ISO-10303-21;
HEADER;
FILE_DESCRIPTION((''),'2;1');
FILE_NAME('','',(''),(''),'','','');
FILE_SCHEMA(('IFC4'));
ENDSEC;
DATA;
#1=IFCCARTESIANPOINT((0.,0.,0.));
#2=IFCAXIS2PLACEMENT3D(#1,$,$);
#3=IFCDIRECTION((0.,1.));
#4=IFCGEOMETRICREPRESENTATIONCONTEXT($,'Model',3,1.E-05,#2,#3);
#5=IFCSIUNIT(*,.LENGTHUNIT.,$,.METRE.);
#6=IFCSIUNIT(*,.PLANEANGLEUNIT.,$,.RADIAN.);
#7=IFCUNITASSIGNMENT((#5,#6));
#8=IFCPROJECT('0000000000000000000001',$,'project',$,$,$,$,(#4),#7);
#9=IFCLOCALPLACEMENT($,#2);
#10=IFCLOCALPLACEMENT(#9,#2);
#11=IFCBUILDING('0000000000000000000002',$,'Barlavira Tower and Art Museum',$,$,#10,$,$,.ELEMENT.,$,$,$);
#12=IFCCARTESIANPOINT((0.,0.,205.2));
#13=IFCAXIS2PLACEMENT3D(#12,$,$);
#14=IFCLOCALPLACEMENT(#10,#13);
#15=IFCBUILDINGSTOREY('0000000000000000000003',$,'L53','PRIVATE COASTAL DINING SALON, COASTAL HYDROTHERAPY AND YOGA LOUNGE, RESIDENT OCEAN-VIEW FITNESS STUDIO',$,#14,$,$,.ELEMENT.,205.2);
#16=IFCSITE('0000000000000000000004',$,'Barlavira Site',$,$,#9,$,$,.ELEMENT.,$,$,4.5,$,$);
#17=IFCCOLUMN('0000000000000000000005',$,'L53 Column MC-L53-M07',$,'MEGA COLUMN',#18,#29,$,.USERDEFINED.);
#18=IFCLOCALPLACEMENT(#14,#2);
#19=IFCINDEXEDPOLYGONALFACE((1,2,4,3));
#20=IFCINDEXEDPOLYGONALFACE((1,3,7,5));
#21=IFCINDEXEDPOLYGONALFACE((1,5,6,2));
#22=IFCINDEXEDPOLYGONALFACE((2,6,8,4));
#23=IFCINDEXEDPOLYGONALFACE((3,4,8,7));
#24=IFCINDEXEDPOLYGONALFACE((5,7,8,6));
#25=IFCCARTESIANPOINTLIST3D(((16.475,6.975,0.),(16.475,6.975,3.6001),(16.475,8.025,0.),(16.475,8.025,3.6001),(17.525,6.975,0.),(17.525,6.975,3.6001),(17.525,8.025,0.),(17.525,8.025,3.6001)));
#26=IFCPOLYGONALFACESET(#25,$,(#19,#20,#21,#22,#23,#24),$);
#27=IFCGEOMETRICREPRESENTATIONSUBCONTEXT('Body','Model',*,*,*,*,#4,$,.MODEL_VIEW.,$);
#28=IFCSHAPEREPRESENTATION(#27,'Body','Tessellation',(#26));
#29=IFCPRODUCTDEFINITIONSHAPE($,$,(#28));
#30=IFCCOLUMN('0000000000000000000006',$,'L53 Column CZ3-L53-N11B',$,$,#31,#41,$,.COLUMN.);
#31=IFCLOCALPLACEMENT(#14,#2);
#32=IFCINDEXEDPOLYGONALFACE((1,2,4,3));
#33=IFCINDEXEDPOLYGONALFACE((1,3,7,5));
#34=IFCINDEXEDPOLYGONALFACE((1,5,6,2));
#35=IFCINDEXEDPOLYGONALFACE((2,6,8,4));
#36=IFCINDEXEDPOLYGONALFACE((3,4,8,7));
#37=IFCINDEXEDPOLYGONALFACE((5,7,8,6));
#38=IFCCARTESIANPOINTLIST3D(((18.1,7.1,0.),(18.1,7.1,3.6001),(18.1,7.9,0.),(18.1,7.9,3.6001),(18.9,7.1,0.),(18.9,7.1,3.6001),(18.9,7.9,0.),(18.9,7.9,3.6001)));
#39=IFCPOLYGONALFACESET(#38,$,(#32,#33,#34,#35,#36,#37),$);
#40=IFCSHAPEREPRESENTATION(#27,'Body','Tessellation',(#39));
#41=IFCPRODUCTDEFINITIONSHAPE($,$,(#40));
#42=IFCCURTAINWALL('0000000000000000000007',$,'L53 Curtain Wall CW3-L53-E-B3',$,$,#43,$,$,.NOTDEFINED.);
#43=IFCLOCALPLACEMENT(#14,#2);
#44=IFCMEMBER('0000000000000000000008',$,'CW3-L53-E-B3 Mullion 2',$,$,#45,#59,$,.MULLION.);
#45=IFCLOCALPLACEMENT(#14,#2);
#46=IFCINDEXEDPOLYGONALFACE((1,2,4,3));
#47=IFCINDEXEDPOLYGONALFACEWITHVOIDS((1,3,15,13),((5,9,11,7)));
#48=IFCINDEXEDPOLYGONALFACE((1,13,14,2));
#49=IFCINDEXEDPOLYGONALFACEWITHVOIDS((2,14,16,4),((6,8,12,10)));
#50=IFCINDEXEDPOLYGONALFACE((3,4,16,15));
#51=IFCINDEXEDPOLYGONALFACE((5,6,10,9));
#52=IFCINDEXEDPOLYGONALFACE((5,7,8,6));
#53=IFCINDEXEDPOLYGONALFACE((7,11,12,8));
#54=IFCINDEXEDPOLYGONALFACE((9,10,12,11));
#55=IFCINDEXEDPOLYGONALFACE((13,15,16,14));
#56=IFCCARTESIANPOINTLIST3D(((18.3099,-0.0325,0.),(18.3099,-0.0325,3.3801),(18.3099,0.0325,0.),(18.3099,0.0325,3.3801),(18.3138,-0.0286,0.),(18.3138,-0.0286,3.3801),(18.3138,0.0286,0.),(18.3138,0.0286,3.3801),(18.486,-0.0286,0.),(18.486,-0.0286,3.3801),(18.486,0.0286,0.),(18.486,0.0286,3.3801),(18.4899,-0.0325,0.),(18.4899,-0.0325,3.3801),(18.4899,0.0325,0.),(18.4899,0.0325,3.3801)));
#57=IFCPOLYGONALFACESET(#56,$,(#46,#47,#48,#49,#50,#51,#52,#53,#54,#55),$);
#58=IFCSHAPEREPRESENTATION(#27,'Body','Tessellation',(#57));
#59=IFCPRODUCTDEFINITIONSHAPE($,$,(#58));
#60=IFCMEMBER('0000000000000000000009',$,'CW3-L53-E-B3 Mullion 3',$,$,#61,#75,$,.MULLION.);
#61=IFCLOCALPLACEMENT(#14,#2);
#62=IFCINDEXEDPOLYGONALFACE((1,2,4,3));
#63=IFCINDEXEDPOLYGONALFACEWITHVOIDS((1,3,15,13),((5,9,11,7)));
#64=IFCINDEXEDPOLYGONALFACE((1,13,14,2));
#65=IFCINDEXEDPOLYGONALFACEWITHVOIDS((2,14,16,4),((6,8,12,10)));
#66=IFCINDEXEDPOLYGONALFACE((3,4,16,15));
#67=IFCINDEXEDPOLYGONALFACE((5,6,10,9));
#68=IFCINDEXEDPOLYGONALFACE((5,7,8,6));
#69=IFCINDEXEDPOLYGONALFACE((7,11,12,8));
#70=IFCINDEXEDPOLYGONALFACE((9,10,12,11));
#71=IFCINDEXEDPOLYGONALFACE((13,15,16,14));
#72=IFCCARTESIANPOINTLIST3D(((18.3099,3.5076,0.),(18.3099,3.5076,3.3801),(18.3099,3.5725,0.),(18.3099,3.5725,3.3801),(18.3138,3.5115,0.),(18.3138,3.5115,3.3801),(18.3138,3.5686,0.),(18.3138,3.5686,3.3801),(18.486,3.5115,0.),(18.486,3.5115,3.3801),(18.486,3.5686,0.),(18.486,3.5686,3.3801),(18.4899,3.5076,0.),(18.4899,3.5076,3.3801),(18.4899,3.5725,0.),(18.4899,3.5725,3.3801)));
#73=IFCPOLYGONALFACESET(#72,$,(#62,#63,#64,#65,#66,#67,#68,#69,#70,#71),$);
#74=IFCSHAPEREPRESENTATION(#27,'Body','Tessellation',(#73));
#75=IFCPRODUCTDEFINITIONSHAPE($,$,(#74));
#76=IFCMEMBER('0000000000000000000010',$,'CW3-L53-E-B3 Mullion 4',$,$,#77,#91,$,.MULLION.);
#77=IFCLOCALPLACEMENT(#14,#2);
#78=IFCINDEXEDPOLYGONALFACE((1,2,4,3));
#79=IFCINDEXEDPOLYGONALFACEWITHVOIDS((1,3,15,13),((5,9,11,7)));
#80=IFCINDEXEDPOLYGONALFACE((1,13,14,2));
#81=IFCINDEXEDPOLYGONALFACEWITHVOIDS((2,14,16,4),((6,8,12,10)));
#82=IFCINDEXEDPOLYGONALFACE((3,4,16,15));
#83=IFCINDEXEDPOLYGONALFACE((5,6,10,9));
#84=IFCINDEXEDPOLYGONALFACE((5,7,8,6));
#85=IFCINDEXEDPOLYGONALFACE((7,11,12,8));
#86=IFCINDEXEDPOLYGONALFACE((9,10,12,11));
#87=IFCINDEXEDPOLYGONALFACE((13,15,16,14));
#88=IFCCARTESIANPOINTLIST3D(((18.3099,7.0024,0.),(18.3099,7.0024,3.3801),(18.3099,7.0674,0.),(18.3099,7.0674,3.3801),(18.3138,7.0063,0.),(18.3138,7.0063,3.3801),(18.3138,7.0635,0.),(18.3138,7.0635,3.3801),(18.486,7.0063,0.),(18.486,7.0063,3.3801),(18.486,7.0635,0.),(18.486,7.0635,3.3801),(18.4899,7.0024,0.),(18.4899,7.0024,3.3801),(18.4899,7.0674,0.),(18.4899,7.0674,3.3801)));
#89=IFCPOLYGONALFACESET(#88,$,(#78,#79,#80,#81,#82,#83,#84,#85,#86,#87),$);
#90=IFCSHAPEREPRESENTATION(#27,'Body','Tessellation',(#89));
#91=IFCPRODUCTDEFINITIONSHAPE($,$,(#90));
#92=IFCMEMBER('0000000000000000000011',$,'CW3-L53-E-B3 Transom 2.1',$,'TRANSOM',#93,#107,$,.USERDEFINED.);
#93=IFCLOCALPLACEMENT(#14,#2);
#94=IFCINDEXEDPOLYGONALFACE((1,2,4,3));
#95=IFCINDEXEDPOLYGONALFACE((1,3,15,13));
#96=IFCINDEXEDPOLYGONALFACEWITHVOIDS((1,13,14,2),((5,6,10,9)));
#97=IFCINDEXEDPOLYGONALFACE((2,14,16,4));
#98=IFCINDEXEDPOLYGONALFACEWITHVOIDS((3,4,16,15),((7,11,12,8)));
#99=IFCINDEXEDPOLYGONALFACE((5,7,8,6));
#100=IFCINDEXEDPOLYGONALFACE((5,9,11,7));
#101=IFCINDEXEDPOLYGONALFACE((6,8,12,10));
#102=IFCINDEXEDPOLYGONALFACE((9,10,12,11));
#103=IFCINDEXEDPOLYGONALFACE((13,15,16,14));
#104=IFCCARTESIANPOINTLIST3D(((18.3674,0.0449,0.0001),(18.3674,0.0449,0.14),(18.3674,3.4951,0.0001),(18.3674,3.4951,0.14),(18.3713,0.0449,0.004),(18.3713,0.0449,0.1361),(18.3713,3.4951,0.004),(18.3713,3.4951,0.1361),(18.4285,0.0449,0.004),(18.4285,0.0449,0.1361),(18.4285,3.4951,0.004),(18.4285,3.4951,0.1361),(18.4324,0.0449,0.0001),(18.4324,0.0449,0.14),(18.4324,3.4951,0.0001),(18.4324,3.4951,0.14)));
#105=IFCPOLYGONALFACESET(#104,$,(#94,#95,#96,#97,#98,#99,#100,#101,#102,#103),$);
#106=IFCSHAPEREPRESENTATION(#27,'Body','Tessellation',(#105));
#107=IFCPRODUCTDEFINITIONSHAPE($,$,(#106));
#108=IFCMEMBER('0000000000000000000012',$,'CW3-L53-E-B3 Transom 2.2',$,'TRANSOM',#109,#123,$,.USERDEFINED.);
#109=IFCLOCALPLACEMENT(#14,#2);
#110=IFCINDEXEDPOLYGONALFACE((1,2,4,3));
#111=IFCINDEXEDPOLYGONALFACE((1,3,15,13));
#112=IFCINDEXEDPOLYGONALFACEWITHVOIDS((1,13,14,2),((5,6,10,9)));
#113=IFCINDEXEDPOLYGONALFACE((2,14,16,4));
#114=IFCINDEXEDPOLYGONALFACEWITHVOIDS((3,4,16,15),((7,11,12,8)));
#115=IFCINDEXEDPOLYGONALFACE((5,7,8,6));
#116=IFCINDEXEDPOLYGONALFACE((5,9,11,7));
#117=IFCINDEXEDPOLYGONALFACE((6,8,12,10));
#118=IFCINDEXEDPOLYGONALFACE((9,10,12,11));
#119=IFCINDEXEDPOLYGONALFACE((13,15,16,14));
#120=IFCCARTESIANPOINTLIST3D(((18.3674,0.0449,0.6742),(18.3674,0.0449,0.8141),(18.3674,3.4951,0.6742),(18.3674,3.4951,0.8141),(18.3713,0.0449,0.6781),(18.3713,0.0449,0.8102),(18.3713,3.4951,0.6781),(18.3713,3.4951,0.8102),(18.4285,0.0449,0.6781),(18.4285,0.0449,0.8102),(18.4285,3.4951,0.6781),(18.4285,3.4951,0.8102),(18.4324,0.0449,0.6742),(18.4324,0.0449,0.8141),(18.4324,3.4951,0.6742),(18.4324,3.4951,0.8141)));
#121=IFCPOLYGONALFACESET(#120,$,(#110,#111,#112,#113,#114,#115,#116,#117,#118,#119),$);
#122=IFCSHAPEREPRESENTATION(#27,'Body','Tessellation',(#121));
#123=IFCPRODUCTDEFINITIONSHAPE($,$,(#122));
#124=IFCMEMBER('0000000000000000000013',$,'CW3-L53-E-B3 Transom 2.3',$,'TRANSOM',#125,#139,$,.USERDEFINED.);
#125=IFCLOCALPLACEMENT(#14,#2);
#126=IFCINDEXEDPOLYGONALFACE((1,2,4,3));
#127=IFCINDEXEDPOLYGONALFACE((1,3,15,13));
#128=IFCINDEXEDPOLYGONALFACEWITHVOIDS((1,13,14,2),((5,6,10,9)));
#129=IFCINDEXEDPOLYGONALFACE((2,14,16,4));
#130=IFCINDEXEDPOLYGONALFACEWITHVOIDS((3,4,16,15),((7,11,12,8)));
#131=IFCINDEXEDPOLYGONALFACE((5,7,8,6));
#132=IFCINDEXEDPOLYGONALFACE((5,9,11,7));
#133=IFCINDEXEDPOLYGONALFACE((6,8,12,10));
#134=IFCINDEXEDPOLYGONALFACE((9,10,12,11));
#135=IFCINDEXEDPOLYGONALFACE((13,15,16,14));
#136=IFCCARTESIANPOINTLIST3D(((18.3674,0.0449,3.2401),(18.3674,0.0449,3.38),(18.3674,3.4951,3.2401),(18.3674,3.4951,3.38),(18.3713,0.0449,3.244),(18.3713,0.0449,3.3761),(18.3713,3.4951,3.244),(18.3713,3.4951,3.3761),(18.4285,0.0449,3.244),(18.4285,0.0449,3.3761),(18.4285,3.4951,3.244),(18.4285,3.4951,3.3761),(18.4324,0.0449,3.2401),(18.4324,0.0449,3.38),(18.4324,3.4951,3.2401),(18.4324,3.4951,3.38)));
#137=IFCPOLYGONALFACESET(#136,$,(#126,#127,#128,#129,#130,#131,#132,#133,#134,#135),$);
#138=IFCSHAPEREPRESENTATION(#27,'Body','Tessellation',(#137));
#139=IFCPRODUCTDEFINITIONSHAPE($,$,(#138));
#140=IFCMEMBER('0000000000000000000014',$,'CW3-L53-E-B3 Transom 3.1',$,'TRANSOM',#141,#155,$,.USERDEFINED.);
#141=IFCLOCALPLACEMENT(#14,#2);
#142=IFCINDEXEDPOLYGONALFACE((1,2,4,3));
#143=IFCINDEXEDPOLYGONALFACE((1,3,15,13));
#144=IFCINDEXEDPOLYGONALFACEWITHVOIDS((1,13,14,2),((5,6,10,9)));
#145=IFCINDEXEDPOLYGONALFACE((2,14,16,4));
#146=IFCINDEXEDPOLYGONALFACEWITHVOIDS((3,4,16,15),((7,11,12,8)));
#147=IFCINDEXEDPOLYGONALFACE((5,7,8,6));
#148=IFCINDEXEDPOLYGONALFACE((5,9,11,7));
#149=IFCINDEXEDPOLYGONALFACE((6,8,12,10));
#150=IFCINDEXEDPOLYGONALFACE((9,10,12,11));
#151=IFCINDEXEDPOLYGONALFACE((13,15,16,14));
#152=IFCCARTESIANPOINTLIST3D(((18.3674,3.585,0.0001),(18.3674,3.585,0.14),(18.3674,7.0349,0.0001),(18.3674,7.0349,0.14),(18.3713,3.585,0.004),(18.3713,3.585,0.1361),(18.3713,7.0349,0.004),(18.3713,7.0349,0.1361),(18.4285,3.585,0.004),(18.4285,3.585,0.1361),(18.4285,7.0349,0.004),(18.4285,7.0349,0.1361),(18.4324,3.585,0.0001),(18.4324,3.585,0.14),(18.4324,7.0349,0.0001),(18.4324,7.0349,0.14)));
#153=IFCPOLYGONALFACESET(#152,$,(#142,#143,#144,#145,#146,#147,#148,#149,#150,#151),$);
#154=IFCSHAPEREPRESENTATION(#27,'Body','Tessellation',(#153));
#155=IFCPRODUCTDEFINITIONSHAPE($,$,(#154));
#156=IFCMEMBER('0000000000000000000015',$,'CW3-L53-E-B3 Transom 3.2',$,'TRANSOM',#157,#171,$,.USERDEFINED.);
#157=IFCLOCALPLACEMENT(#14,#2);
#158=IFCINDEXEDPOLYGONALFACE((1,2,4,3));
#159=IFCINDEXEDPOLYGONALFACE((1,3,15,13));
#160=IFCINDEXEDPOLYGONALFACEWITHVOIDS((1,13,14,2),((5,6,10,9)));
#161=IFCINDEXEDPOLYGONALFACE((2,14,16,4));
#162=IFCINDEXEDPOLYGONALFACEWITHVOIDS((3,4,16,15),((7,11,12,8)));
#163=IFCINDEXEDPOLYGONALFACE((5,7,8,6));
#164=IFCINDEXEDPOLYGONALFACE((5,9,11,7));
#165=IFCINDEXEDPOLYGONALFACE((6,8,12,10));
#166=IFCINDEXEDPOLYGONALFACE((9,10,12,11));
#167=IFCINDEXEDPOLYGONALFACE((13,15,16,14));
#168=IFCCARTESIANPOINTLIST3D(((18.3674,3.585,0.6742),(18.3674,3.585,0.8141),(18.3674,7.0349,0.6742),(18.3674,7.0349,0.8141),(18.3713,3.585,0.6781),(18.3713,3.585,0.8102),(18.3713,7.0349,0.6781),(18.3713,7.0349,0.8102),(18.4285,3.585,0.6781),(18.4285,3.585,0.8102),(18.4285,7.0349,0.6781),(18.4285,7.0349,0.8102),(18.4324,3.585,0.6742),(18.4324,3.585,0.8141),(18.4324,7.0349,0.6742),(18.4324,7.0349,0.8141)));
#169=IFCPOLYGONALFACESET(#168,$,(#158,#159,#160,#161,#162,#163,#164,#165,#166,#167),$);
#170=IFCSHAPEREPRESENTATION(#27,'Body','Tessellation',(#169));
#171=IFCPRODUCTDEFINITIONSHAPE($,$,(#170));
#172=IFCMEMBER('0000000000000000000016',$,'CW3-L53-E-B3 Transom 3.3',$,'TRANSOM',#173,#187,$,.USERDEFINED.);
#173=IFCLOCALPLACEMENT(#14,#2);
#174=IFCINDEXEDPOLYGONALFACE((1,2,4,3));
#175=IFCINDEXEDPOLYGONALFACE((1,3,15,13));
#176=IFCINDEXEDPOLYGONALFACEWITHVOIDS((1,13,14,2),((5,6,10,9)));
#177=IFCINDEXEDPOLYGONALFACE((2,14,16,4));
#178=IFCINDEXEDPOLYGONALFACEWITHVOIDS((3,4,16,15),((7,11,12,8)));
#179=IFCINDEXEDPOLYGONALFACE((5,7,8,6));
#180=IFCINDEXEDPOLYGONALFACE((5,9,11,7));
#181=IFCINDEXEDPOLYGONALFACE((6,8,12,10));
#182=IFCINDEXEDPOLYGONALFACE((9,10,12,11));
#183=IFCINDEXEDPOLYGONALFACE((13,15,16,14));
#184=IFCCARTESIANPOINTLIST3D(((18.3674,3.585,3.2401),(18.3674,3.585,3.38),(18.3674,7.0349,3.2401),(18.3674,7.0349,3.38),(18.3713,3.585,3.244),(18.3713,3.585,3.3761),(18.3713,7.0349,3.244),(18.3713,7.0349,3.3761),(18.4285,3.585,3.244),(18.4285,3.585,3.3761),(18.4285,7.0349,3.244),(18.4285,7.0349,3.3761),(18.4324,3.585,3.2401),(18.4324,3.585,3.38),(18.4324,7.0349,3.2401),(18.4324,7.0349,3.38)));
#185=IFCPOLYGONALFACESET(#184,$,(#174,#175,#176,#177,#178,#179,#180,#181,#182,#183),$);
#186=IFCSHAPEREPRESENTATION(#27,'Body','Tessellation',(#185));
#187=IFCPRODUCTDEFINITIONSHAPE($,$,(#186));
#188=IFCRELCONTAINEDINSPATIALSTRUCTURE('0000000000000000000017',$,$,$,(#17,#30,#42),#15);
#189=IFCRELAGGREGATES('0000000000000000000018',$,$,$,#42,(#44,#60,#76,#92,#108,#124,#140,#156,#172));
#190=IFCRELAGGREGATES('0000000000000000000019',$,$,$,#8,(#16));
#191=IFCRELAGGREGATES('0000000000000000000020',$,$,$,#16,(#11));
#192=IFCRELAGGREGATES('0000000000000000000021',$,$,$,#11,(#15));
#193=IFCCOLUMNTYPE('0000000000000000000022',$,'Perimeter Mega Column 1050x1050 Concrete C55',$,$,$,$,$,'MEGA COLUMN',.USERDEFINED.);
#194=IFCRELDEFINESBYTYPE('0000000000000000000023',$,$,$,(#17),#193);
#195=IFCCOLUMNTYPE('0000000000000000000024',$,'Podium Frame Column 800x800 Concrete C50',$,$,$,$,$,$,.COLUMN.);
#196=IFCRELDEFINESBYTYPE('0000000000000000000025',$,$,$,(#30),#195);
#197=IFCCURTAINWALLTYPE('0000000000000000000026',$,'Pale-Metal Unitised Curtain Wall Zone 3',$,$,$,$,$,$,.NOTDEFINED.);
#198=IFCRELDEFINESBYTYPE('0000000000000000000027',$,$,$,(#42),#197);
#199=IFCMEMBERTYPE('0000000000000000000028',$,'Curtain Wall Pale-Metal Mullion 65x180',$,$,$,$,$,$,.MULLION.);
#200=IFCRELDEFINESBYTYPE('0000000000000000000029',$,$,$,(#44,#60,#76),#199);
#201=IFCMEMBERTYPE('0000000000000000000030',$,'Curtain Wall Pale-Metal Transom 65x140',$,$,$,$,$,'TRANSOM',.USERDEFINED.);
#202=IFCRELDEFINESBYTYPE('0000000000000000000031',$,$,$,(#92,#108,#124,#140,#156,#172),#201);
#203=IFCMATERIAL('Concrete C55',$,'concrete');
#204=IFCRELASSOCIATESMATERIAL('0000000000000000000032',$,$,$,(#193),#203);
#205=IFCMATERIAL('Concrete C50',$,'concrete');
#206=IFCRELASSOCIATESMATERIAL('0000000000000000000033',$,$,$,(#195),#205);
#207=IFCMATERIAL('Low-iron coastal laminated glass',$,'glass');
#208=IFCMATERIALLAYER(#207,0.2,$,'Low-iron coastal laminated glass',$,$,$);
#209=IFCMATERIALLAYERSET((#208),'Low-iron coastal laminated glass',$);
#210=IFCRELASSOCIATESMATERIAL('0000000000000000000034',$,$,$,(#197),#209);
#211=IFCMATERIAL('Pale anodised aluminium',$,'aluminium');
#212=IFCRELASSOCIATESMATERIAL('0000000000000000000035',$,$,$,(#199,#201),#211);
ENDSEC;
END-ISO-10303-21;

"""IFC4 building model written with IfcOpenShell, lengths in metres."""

from ifc_helpers import new_model, si_unit, direction, frame, origin, origin_2d, place, context, subcontext, project, spatial, rectangle, hollow_rectangle, extrude, material, layer, layer_set, material_profile, profile_set, type_object, element, aggregate, save


model = new_model("IFC4")

# Units and contexts
model_context = context("Model", 3, precision=1e-05, world=origin(), true_north=direction((0.0, 1.0)))
body_context = subcontext(model_context, "Body", "Model", "MODEL_VIEW")
ifc_project = project(units=[si_unit("LENGTHUNIT", "METRE"), si_unit("PLANEANGLEUNIT", "RADIAN")], contexts=[model_context])

# Site, building, storey
site_placement = place(None, origin())
site = spatial("IfcSite", under=ifc_project, at=site_placement, Name="Barlavira Site", CompositionType="ELEMENT", RefElevation=4.5)
building_placement = place(site_placement, origin())
building = spatial("IfcBuilding", under=site, at=building_placement, Name="Barlavira Tower and Art Museum", CompositionType="ELEMENT")
storey_placement = place(building_placement, frame((0.0, 0.0, 205.2)))
storey = spatial("IfcBuildingStorey", under=building, at=storey_placement, Name="L53", Description="PRIVATE COASTAL DINING SALON, COASTAL HYDROTHERAPY AND YOGA LOUNGE, RESIDENT OCEAN-VIEW FITNESS STUDIO", CompositionType="ELEMENT", Elevation=205.2)

# Columns
ifc_material_1 = material(Name="Concrete C55", Category="concrete")
ifc_material_profile_1 = material_profile(ifc_material_1, rectangle(XDim=1.05, YDim=1.05, at=origin_2d()), Name="RC-COL 1050x1050")
ifc_profile_set_1 = profile_set([ifc_material_profile_1], Name="Concrete C55")
column_type_1 = type_object("IfcColumnType", Name="Perimeter Mega Column 1050x1050 Concrete C55", ElementType="MEGA COLUMN", PredefinedType="USERDEFINED", material=ifc_profile_set_1)
column_1_placement = place(storey_placement, frame((17.0, 7.5, 0.0), z_axis=(0.0, 0.0, 1.0), x_axis=(1.0, 0.0, 0.0)))
element("IfcColumn", 1, at=column_1_placement, inside=storey, type_object=column_type_1, Name="L53 Column MC-L53-M07", ObjectType="MEGA COLUMN", PredefinedType="USERDEFINED", context=body_context, shape_type="SweptSolid", body=[
    extrude(rectangle(XDim=1.05, YDim=1.05, at=origin_2d()), origin(), (0.0, 0.0, 1.0), 3.6001),
])
ifc_material_2 = material(Name="Concrete C50", Category="concrete")
ifc_material_profile_2 = material_profile(ifc_material_2, rectangle(XDim=0.8, YDim=0.8, at=origin_2d()), Name="RC-COL 800x800")
ifc_profile_set_2 = profile_set([ifc_material_profile_2], Name="Concrete C50")
column_type_2 = type_object("IfcColumnType", Name="Podium Frame Column 800x800 Concrete C50", PredefinedType="COLUMN", material=ifc_profile_set_2)
column_2_placement = place(storey_placement, frame((18.5, 7.5, 0.0), z_axis=(0.0, 0.0, 1.0), x_axis=(1.0, 0.0, 0.0)))
element("IfcColumn", 2, at=column_2_placement, inside=storey, type_object=column_type_2, Name="L53 Column CZ3-L53-N11B", PredefinedType="COLUMN", context=body_context, shape_type="SweptSolid", body=[
    extrude(rectangle(XDim=0.8, YDim=0.8, at=origin_2d()), origin(), (0.0, 0.0, 1.0), 3.6001),
])

# Curtain wall, members
ifc_material_3 = material(Name="Low-iron coastal laminated glass", Category="glass")
ifc_layer_1 = layer(ifc_material_3, 0.2, Name="Low-iron coastal laminated glass")
ifc_layer_set_1 = layer_set([ifc_layer_1], Name="Low-iron coastal laminated glass")
curtain_wall_type = type_object("IfcCurtainWallType", Name="Pale-Metal Unitised Curtain Wall Zone 3", PredefinedType="NOTDEFINED", material=ifc_layer_set_1)
curtain_wall_placement = place(storey_placement, origin())
curtain_wall = element("IfcCurtainWall", 3, at=curtain_wall_placement, inside=storey, type_object=curtain_wall_type, Name="L53 Curtain Wall CW3-L53-E-B3", PredefinedType="NOTDEFINED")
ifc_material_4 = material(Name="Pale anodised aluminium", Category="aluminium")
ifc_material_profile_3 = material_profile(ifc_material_4, hollow_rectangle(XDim=0.0649, YDim=0.1799, WallThickness=0.0039, at=origin_2d()), Name="ALU-MULL 65x180x4")
ifc_profile_set_3 = profile_set([ifc_material_profile_3], Name="Pale anodised aluminium")
member_type_1 = type_object("IfcMemberType", Name="Curtain Wall Pale-Metal Mullion 65x180", PredefinedType="MULLION", material=ifc_profile_set_3)
member_1_placement = place(storey_placement, frame((18.3999, 0.0, 0.0), z_axis=(0.0, 0.0, 1.0), x_axis=(0.0, 1.0, 0.0)))
member_1 = element("IfcMember", 4, at=member_1_placement, type_object=member_type_1, Name="CW3-L53-E-B3 Mullion 2", PredefinedType="MULLION", context=body_context, shape_type="SweptSolid", body=[
    extrude(hollow_rectangle(XDim=0.0649, YDim=0.1799, WallThickness=0.0039, at=origin_2d()), origin(), (0.0, 0.0, 1.0), 3.3801),
])
member_2_placement = place(storey_placement, frame((18.3999, 3.54, 0.0), z_axis=(0.0, 0.0, 1.0), x_axis=(0.0, 1.0, 0.0)))
member_2 = element("IfcMember", 5, at=member_2_placement, type_object=member_type_1, Name="CW3-L53-E-B3 Mullion 3", PredefinedType="MULLION", context=body_context, shape_type="SweptSolid", body=[
    extrude(hollow_rectangle(XDim=0.0649, YDim=0.1799, WallThickness=0.0039, at=origin_2d()), origin(), (0.0, 0.0, 1.0), 3.3801),
])
member_3_placement = place(storey_placement, frame((18.3999, 7.0349, 0.0), z_axis=(0.0, 0.0, 1.0), x_axis=(0.0, 1.0, 0.0)))
member_3 = element("IfcMember", 6, at=member_3_placement, type_object=member_type_1, Name="CW3-L53-E-B3 Mullion 4", PredefinedType="MULLION", context=body_context, shape_type="SweptSolid", body=[
    extrude(hollow_rectangle(XDim=0.0649, YDim=0.1799, WallThickness=0.0039, at=origin_2d()), origin(), (0.0, 0.0, 1.0), 3.3801),
])
ifc_material_profile_4 = material_profile(ifc_material_4, hollow_rectangle(XDim=0.0649, YDim=0.1399, WallThickness=0.0039, at=origin_2d()), Name="ALU-TRAN 65x140x4")
ifc_profile_set_4 = profile_set([ifc_material_profile_4], Name="Pale anodised aluminium")
member_type_2 = type_object("IfcMemberType", Name="Curtain Wall Pale-Metal Transom 65x140", ElementType="TRANSOM", PredefinedType="USERDEFINED", material=ifc_profile_set_4)
member_4_placement = place(storey_placement, frame((18.3999, 0.0449, 0.0701), z_axis=(0.0, 1.0, 0.0), x_axis=(-1.0, 0.0, 0.0)))
member_4 = element("IfcMember", 7, at=member_4_placement, type_object=member_type_2, Name="CW3-L53-E-B3 Transom 2.1", ObjectType="TRANSOM", PredefinedType="USERDEFINED", context=body_context, shape_type="SweptSolid", body=[
    extrude(hollow_rectangle(XDim=0.0649, YDim=0.1399, WallThickness=0.0039, at=origin_2d()), origin(), (0.0, 0.0, 1.0), 3.4502),
])
member_5_placement = place(storey_placement, frame((18.3999, 0.0449, 0.7441), z_axis=(0.0, 1.0, 0.0), x_axis=(-1.0, 0.0, 0.0)))
member_5 = element("IfcMember", 8, at=member_5_placement, type_object=member_type_2, Name="CW3-L53-E-B3 Transom 2.2", ObjectType="TRANSOM", PredefinedType="USERDEFINED", context=body_context, shape_type="SweptSolid", body=[
    extrude(hollow_rectangle(XDim=0.0649, YDim=0.1399, WallThickness=0.0039, at=origin_2d()), origin(), (0.0, 0.0, 1.0), 3.4502),
])
member_6_placement = place(storey_placement, frame((18.3999, 0.0449, 3.3101), z_axis=(0.0, 1.0, 0.0), x_axis=(-1.0, 0.0, 0.0)))
member_6 = element("IfcMember", 9, at=member_6_placement, type_object=member_type_2, Name="CW3-L53-E-B3 Transom 2.3", ObjectType="TRANSOM", PredefinedType="USERDEFINED", context=body_context, shape_type="SweptSolid", body=[
    extrude(hollow_rectangle(XDim=0.0649, YDim=0.1399, WallThickness=0.0039, at=origin_2d()), origin(), (0.0, 0.0, 1.0), 3.4502),
])
member_7_placement = place(storey_placement, frame((18.3999, 3.585, 0.0701), z_axis=(0.0, 1.0, 0.0), x_axis=(-1.0, 0.0, 0.0)))
member_7 = element("IfcMember", 10, at=member_7_placement, type_object=member_type_2, Name="CW3-L53-E-B3 Transom 3.1", ObjectType="TRANSOM", PredefinedType="USERDEFINED", context=body_context, shape_type="SweptSolid", body=[
    extrude(hollow_rectangle(XDim=0.0649, YDim=0.1399, WallThickness=0.0039, at=origin_2d()), origin(), (0.0, 0.0, 1.0), 3.45),
])
member_8_placement = place(storey_placement, frame((18.3999, 3.585, 0.7441), z_axis=(0.0, 1.0, 0.0), x_axis=(-1.0, 0.0, 0.0)))
member_8 = element("IfcMember", 11, at=member_8_placement, type_object=member_type_2, Name="CW3-L53-E-B3 Transom 3.2", ObjectType="TRANSOM", PredefinedType="USERDEFINED", context=body_context, shape_type="SweptSolid", body=[
    extrude(hollow_rectangle(XDim=0.0649, YDim=0.1399, WallThickness=0.0039, at=origin_2d()), origin(), (0.0, 0.0, 1.0), 3.45),
])
member_9_placement = place(storey_placement, frame((18.3999, 3.585, 3.3101), z_axis=(0.0, 1.0, 0.0), x_axis=(-1.0, 0.0, 0.0)))
member_9 = element("IfcMember", 12, at=member_9_placement, type_object=member_type_2, Name="CW3-L53-E-B3 Transom 3.3", ObjectType="TRANSOM", PredefinedType="USERDEFINED", context=body_context, shape_type="SweptSolid", body=[
    extrude(hollow_rectangle(XDim=0.0649, YDim=0.1399, WallThickness=0.0039, at=origin_2d()), origin(), (0.0, 0.0, 1.0), 3.45),
])

aggregate(curtain_wall, [member_1, member_2, member_3, member_4, member_5, member_6, member_7, member_8, member_9])

save(model, "model.ifc")
